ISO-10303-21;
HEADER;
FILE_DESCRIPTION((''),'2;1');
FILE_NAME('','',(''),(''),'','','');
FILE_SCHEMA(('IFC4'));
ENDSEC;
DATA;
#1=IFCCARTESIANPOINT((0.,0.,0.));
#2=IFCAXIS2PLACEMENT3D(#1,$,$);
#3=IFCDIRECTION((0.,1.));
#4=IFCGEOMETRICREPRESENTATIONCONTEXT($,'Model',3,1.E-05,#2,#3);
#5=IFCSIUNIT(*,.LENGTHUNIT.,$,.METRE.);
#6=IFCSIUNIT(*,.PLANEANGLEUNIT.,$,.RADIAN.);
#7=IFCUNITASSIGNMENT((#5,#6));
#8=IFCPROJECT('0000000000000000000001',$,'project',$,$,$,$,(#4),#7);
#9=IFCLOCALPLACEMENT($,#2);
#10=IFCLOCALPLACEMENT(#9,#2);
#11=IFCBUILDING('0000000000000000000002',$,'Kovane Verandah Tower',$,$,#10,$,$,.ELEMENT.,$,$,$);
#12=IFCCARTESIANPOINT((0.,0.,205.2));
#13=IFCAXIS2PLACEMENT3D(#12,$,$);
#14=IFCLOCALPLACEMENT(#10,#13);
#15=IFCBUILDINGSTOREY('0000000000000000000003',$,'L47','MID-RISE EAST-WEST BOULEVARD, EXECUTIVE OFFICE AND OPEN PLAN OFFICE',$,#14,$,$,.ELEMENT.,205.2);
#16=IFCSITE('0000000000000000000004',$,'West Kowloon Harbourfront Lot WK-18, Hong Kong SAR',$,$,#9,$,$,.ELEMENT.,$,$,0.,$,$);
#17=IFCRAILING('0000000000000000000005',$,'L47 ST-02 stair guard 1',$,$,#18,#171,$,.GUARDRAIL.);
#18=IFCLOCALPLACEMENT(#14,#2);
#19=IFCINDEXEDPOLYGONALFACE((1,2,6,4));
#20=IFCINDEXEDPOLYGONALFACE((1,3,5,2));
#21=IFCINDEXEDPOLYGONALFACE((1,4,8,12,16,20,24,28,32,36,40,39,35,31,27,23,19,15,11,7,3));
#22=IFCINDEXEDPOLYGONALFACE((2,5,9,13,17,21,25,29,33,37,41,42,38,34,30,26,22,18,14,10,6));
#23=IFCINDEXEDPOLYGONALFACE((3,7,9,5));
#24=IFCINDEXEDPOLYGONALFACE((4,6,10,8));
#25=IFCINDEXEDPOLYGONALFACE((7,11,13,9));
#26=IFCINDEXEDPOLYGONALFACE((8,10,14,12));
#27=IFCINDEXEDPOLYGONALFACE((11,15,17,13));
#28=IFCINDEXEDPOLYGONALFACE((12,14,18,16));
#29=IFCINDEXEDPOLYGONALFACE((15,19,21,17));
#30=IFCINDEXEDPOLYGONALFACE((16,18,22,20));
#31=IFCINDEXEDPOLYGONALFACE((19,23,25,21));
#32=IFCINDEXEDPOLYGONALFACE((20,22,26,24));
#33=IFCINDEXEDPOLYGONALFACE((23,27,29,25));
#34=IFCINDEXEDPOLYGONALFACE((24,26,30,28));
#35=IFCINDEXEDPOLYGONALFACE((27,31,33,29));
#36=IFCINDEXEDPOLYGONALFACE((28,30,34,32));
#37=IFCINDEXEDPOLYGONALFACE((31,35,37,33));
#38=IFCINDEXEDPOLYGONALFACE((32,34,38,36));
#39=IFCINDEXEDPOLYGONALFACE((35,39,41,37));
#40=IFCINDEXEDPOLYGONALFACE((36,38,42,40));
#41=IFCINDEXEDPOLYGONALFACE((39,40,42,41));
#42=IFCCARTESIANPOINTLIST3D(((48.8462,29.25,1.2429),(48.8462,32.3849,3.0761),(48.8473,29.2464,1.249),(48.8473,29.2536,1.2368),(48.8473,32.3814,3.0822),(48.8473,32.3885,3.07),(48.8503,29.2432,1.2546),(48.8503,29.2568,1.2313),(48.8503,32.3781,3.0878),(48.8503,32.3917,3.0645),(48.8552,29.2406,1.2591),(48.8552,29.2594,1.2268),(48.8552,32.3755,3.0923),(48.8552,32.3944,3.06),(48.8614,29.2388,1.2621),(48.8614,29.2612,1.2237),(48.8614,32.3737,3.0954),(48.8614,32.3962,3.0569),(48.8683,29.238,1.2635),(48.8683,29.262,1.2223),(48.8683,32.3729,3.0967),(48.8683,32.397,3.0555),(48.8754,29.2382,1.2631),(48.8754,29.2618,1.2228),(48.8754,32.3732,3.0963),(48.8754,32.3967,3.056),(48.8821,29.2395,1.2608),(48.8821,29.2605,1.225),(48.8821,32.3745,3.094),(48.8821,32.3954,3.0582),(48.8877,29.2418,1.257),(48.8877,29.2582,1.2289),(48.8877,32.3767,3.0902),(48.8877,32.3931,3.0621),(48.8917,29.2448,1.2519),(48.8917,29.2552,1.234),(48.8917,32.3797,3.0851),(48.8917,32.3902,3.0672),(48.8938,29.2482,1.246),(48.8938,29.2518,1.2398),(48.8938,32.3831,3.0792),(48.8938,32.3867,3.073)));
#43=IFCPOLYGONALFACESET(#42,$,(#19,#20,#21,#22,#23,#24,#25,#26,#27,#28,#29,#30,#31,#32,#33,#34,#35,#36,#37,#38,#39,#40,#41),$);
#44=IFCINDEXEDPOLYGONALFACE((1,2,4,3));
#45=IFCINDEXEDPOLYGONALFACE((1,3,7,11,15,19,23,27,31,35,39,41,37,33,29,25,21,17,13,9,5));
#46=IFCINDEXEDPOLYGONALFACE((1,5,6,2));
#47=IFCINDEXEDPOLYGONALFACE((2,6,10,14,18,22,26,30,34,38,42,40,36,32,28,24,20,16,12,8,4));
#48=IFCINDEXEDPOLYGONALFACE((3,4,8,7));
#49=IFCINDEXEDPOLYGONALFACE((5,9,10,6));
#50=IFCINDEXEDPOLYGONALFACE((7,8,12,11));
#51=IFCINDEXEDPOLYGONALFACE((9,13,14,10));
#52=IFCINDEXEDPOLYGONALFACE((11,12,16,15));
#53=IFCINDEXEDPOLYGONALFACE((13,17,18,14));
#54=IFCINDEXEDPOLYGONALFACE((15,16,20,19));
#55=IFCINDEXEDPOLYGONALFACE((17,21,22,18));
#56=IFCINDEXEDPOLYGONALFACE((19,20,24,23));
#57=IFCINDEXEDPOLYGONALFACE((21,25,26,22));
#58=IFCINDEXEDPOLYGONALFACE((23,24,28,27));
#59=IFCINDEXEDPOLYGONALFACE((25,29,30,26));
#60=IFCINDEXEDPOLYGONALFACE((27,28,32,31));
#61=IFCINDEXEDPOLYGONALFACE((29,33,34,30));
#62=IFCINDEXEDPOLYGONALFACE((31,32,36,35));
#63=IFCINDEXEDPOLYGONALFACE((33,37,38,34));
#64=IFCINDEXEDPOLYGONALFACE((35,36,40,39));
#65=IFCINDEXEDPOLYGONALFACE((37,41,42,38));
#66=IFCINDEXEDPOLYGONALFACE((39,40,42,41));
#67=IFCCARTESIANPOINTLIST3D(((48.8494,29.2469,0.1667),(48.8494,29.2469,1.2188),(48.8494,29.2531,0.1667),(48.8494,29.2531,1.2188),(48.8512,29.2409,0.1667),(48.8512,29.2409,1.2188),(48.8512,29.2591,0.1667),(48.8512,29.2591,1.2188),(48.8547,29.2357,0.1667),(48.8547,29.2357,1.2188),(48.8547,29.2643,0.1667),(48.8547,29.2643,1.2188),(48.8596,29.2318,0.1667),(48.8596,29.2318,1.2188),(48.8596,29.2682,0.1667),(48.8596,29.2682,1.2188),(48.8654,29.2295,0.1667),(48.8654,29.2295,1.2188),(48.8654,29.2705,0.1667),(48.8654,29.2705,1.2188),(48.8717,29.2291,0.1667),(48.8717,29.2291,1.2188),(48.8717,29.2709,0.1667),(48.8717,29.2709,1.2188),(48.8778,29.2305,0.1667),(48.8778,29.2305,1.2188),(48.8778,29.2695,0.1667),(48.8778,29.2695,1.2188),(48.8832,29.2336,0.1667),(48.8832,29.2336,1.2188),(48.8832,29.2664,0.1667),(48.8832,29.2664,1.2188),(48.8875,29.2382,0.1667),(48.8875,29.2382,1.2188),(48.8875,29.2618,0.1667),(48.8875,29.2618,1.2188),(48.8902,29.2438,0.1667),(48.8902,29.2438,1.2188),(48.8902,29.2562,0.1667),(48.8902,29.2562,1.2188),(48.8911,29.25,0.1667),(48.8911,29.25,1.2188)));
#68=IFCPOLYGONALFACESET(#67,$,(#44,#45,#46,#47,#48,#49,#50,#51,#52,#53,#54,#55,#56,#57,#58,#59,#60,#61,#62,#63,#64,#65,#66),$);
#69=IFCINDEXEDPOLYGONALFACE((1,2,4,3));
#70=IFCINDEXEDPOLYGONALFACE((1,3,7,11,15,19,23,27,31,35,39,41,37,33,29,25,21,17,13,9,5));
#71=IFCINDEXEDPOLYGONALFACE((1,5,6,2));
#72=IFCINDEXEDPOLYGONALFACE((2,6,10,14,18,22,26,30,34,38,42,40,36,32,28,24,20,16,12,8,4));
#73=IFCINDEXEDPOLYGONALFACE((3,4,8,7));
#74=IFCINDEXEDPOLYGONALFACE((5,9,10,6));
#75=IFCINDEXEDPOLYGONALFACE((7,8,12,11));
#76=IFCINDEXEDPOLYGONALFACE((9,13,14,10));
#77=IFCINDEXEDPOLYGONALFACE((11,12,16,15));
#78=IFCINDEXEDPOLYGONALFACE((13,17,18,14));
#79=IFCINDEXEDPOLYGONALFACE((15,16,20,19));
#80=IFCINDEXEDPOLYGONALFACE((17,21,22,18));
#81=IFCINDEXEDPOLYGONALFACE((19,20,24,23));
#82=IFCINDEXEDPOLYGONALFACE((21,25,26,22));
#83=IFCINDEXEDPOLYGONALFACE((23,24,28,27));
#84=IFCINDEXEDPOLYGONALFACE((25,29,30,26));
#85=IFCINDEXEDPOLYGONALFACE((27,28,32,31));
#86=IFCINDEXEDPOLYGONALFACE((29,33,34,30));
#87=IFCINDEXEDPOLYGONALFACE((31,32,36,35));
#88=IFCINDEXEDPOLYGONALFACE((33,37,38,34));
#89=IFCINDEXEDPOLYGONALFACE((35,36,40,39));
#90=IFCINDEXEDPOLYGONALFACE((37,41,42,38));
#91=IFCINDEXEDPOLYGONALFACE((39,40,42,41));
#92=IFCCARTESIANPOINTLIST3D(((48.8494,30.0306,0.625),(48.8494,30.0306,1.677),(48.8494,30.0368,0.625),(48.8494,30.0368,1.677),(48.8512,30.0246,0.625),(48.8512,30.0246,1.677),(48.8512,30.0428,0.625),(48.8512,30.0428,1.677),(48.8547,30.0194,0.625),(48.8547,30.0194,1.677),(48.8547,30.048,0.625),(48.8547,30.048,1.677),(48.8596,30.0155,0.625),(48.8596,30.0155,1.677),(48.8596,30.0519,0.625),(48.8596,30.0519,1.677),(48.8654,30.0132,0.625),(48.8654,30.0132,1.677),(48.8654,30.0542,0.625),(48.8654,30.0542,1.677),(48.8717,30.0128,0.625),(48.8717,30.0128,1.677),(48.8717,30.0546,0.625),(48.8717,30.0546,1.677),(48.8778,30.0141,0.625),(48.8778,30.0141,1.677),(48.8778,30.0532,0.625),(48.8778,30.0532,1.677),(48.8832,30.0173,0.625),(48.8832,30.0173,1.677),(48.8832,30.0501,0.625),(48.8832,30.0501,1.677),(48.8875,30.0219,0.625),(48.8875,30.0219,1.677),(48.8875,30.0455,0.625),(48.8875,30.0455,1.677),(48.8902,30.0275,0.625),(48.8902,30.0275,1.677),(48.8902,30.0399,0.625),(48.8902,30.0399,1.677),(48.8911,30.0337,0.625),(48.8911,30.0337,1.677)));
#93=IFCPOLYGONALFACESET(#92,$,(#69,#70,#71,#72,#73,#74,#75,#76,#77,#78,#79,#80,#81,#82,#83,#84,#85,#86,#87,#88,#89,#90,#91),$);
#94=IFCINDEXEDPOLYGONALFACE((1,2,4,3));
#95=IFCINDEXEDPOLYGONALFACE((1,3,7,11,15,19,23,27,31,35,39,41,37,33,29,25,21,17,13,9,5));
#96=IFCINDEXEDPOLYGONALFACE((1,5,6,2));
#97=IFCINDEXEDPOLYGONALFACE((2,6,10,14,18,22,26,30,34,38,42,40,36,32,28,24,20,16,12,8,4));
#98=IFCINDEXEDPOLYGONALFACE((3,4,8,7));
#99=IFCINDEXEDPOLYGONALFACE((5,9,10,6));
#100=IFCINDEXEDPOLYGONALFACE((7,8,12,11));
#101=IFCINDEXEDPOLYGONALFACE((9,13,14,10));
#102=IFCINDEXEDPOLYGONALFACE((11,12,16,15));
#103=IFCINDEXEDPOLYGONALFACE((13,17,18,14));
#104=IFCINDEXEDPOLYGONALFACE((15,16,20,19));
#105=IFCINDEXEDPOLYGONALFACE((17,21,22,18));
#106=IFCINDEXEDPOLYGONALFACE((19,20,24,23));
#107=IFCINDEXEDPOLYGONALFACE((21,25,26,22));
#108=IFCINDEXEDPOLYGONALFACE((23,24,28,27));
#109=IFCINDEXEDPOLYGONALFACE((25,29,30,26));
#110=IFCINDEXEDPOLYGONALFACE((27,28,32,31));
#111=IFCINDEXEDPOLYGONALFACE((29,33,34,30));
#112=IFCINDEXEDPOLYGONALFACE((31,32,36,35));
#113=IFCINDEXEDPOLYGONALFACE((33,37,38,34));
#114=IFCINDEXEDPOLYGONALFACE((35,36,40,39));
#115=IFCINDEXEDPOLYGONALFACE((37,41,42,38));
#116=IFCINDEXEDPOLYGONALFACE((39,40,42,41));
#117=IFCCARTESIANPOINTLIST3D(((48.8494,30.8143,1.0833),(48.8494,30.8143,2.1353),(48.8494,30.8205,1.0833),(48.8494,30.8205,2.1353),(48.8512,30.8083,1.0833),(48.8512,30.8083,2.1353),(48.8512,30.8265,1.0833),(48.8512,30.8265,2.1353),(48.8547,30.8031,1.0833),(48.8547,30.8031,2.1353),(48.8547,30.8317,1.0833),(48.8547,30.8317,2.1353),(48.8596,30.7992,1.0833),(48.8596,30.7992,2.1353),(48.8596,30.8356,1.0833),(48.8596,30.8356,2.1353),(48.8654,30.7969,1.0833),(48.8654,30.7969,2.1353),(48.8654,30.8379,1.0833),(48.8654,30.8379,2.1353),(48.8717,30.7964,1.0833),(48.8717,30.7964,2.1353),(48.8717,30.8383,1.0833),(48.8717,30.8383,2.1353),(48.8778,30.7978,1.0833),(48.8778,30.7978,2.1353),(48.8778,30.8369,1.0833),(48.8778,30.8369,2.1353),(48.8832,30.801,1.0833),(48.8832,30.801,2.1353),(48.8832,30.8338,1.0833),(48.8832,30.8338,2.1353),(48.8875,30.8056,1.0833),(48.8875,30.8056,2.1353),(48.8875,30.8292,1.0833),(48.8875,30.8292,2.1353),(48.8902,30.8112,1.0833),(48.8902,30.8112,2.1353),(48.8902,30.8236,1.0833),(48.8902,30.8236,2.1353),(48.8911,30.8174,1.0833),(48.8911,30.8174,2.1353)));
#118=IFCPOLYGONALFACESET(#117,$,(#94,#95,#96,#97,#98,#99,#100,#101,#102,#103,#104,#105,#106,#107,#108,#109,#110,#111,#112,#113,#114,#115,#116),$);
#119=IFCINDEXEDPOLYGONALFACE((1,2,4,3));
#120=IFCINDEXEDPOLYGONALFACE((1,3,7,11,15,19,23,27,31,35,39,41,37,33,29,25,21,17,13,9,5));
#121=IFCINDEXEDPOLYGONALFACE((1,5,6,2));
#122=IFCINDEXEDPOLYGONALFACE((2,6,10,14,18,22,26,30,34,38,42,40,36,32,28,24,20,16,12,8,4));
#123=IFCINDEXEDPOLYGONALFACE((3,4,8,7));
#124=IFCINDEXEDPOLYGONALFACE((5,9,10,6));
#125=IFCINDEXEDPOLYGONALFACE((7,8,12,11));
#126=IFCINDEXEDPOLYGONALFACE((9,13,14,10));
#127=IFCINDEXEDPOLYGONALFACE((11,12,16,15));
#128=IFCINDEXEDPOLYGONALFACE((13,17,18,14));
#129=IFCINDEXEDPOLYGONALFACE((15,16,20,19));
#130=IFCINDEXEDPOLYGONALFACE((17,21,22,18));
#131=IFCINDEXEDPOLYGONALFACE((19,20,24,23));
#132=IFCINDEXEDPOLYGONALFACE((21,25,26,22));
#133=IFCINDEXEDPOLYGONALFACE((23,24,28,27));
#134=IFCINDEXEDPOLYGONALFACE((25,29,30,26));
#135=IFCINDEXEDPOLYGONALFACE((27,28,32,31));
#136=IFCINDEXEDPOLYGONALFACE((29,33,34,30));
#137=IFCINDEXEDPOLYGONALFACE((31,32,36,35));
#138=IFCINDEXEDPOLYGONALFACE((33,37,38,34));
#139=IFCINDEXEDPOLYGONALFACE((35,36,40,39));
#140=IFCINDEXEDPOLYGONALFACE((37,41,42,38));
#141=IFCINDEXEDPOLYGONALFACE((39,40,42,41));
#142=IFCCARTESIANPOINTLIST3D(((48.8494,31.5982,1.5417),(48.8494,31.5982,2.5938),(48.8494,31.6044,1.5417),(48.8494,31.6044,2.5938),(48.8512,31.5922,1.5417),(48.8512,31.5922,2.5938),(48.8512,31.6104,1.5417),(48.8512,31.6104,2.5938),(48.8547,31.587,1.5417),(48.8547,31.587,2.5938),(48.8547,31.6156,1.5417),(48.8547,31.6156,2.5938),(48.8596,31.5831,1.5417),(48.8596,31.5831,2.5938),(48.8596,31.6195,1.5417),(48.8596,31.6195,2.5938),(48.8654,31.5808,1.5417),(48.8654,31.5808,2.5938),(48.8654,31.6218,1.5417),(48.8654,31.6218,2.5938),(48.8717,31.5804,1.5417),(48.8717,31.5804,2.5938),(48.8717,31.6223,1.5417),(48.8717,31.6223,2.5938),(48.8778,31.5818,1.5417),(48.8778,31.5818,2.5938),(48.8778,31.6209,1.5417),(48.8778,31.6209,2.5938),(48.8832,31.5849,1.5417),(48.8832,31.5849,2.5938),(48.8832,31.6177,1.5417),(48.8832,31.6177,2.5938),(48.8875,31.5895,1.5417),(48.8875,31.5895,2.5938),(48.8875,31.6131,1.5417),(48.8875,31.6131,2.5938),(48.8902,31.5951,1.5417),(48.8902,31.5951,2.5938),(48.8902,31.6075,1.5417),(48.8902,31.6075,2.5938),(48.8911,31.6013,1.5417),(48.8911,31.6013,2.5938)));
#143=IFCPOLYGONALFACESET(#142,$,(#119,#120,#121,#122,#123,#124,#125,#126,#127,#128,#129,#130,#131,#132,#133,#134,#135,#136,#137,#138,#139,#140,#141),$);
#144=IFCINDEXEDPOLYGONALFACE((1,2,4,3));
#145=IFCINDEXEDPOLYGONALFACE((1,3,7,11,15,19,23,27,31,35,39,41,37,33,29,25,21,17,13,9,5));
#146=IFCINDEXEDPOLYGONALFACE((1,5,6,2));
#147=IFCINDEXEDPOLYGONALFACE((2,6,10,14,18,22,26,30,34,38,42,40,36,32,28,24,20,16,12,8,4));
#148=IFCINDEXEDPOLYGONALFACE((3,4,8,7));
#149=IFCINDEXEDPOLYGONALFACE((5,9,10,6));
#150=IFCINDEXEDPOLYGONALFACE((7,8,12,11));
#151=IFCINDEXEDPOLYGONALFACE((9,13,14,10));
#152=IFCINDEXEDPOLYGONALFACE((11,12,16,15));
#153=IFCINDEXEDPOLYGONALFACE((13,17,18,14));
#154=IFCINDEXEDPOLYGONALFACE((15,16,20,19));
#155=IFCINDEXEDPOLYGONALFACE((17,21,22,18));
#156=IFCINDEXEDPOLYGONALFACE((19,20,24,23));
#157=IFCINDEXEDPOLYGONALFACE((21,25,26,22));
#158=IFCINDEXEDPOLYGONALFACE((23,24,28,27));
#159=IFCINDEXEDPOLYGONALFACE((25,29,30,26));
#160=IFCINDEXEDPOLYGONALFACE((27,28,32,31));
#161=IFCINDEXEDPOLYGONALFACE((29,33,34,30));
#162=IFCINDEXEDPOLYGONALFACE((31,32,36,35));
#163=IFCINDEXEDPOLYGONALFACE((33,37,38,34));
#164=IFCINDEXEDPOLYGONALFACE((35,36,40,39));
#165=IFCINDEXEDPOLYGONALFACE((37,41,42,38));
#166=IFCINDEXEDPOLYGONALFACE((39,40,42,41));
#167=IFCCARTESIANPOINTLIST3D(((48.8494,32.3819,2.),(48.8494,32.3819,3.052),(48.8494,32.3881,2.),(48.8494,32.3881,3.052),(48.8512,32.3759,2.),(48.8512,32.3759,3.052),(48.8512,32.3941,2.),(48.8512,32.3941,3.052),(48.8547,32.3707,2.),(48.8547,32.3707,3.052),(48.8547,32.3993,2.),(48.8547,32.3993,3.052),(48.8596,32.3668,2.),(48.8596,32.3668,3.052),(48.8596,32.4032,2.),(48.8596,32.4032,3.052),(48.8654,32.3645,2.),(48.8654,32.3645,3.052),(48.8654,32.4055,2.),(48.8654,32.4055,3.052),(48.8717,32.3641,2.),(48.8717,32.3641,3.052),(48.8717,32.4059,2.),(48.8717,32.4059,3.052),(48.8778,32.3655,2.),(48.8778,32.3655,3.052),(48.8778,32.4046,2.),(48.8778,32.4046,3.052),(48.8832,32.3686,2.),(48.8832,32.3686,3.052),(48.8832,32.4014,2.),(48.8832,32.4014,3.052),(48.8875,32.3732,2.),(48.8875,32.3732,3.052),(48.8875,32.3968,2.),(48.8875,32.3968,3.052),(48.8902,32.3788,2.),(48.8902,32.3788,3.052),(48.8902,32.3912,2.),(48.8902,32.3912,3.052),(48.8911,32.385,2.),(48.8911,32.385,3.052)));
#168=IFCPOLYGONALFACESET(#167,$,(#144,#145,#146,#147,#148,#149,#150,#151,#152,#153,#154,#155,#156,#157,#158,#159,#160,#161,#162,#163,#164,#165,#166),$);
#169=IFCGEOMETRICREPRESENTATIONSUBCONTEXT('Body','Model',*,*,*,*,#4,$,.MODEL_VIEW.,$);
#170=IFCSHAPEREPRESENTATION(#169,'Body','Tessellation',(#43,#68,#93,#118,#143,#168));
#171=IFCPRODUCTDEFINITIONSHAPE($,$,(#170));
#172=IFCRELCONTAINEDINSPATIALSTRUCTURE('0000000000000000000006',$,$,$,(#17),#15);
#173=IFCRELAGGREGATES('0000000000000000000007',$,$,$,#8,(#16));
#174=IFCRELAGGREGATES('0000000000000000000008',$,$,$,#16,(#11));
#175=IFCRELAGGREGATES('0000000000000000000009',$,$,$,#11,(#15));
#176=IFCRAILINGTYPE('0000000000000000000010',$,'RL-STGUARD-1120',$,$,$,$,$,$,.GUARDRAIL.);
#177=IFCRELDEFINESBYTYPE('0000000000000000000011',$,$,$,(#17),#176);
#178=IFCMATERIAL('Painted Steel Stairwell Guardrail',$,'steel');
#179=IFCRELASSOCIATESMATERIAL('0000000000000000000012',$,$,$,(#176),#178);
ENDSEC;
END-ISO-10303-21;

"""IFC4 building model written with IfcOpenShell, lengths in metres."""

from ifc_helpers import new_model, si_unit, direction, frame, origin, origin_2d, place, context, subcontext, project, spatial, circle, extrude, material, type_object, element, save


model = new_model("IFC4")

# Units and contexts
model_context = context("Model", 3, precision=1e-05, world=origin(), true_north=direction((0.0, 1.0)))
body_context = subcontext(model_context, "Body", "Model", "MODEL_VIEW")
ifc_project = project(units=[si_unit("LENGTHUNIT", "METRE"), si_unit("PLANEANGLEUNIT", "RADIAN")], contexts=[model_context])

# Site, building, storey
site_placement = place(None, origin())
site = spatial("IfcSite", under=ifc_project, at=site_placement, Name="West Kowloon Harbourfront Lot WK-18, Hong Kong SAR", CompositionType="ELEMENT", RefElevation=0.0)
building_placement = place(site_placement, origin())
building = spatial("IfcBuilding", under=site, at=building_placement, Name="Kovane Verandah Tower", CompositionType="ELEMENT")
storey_placement = place(building_placement, frame((0.0, 0.0, 205.2)))
storey = spatial("IfcBuildingStorey", under=building, at=storey_placement, Name="L47", Description="MID-RISE EAST-WEST BOULEVARD, EXECUTIVE OFFICE AND OPEN PLAN OFFICE", CompositionType="ELEMENT", Elevation=205.2)

# Railing
ifc_material_1 = material(Name="Painted Steel Stairwell Guardrail", Category="steel")
railing_type_1 = type_object("IfcRailingType", Name="RL-STGUARD-1120", PredefinedType="GUARDRAIL", material=ifc_material_1)
railing_1_placement = place(storey_placement, frame((48.8701, 29.25, 0.1667)))
element("IfcRailing", 1, at=railing_1_placement, inside=storey, type_object=railing_type_1, Name="L47 ST-02 stair guard 1", PredefinedType="GUARDRAIL", context=body_context, shape_type="SweptSolid", body=[
    extrude(circle(Radius=0.0239, at=origin_2d()), frame((0.0, 0.0, 1.0762), z_axis=(0.0, 0.86324, 0.504794), x_axis=(-1.0, 0.0, 0.0)), (0.0, 0.0, 1.0), 3.6316),
    extrude(circle(Radius=0.021, at=origin_2d()), origin(), (0.0, 0.0, 1.0), 1.052),
    extrude(circle(Radius=0.021, at=origin_2d()), frame((0.0, 0.7837, 0.4583)), (0.0, 0.0, 1.0), 1.052),
    extrude(circle(Radius=0.021, at=origin_2d()), frame((0.0, 1.5674, 0.9165)), (0.0, 0.0, 1.0), 1.052),
    extrude(circle(Radius=0.021, at=origin_2d()), frame((0.0, 2.3513, 1.375)), (0.0, 0.0, 1.0), 1.052),
    extrude(circle(Radius=0.021, at=origin_2d()), frame((0.0, 3.135, 1.8333)), (0.0, 0.0, 1.0), 1.052),
])

save(model, "model.ifc")
